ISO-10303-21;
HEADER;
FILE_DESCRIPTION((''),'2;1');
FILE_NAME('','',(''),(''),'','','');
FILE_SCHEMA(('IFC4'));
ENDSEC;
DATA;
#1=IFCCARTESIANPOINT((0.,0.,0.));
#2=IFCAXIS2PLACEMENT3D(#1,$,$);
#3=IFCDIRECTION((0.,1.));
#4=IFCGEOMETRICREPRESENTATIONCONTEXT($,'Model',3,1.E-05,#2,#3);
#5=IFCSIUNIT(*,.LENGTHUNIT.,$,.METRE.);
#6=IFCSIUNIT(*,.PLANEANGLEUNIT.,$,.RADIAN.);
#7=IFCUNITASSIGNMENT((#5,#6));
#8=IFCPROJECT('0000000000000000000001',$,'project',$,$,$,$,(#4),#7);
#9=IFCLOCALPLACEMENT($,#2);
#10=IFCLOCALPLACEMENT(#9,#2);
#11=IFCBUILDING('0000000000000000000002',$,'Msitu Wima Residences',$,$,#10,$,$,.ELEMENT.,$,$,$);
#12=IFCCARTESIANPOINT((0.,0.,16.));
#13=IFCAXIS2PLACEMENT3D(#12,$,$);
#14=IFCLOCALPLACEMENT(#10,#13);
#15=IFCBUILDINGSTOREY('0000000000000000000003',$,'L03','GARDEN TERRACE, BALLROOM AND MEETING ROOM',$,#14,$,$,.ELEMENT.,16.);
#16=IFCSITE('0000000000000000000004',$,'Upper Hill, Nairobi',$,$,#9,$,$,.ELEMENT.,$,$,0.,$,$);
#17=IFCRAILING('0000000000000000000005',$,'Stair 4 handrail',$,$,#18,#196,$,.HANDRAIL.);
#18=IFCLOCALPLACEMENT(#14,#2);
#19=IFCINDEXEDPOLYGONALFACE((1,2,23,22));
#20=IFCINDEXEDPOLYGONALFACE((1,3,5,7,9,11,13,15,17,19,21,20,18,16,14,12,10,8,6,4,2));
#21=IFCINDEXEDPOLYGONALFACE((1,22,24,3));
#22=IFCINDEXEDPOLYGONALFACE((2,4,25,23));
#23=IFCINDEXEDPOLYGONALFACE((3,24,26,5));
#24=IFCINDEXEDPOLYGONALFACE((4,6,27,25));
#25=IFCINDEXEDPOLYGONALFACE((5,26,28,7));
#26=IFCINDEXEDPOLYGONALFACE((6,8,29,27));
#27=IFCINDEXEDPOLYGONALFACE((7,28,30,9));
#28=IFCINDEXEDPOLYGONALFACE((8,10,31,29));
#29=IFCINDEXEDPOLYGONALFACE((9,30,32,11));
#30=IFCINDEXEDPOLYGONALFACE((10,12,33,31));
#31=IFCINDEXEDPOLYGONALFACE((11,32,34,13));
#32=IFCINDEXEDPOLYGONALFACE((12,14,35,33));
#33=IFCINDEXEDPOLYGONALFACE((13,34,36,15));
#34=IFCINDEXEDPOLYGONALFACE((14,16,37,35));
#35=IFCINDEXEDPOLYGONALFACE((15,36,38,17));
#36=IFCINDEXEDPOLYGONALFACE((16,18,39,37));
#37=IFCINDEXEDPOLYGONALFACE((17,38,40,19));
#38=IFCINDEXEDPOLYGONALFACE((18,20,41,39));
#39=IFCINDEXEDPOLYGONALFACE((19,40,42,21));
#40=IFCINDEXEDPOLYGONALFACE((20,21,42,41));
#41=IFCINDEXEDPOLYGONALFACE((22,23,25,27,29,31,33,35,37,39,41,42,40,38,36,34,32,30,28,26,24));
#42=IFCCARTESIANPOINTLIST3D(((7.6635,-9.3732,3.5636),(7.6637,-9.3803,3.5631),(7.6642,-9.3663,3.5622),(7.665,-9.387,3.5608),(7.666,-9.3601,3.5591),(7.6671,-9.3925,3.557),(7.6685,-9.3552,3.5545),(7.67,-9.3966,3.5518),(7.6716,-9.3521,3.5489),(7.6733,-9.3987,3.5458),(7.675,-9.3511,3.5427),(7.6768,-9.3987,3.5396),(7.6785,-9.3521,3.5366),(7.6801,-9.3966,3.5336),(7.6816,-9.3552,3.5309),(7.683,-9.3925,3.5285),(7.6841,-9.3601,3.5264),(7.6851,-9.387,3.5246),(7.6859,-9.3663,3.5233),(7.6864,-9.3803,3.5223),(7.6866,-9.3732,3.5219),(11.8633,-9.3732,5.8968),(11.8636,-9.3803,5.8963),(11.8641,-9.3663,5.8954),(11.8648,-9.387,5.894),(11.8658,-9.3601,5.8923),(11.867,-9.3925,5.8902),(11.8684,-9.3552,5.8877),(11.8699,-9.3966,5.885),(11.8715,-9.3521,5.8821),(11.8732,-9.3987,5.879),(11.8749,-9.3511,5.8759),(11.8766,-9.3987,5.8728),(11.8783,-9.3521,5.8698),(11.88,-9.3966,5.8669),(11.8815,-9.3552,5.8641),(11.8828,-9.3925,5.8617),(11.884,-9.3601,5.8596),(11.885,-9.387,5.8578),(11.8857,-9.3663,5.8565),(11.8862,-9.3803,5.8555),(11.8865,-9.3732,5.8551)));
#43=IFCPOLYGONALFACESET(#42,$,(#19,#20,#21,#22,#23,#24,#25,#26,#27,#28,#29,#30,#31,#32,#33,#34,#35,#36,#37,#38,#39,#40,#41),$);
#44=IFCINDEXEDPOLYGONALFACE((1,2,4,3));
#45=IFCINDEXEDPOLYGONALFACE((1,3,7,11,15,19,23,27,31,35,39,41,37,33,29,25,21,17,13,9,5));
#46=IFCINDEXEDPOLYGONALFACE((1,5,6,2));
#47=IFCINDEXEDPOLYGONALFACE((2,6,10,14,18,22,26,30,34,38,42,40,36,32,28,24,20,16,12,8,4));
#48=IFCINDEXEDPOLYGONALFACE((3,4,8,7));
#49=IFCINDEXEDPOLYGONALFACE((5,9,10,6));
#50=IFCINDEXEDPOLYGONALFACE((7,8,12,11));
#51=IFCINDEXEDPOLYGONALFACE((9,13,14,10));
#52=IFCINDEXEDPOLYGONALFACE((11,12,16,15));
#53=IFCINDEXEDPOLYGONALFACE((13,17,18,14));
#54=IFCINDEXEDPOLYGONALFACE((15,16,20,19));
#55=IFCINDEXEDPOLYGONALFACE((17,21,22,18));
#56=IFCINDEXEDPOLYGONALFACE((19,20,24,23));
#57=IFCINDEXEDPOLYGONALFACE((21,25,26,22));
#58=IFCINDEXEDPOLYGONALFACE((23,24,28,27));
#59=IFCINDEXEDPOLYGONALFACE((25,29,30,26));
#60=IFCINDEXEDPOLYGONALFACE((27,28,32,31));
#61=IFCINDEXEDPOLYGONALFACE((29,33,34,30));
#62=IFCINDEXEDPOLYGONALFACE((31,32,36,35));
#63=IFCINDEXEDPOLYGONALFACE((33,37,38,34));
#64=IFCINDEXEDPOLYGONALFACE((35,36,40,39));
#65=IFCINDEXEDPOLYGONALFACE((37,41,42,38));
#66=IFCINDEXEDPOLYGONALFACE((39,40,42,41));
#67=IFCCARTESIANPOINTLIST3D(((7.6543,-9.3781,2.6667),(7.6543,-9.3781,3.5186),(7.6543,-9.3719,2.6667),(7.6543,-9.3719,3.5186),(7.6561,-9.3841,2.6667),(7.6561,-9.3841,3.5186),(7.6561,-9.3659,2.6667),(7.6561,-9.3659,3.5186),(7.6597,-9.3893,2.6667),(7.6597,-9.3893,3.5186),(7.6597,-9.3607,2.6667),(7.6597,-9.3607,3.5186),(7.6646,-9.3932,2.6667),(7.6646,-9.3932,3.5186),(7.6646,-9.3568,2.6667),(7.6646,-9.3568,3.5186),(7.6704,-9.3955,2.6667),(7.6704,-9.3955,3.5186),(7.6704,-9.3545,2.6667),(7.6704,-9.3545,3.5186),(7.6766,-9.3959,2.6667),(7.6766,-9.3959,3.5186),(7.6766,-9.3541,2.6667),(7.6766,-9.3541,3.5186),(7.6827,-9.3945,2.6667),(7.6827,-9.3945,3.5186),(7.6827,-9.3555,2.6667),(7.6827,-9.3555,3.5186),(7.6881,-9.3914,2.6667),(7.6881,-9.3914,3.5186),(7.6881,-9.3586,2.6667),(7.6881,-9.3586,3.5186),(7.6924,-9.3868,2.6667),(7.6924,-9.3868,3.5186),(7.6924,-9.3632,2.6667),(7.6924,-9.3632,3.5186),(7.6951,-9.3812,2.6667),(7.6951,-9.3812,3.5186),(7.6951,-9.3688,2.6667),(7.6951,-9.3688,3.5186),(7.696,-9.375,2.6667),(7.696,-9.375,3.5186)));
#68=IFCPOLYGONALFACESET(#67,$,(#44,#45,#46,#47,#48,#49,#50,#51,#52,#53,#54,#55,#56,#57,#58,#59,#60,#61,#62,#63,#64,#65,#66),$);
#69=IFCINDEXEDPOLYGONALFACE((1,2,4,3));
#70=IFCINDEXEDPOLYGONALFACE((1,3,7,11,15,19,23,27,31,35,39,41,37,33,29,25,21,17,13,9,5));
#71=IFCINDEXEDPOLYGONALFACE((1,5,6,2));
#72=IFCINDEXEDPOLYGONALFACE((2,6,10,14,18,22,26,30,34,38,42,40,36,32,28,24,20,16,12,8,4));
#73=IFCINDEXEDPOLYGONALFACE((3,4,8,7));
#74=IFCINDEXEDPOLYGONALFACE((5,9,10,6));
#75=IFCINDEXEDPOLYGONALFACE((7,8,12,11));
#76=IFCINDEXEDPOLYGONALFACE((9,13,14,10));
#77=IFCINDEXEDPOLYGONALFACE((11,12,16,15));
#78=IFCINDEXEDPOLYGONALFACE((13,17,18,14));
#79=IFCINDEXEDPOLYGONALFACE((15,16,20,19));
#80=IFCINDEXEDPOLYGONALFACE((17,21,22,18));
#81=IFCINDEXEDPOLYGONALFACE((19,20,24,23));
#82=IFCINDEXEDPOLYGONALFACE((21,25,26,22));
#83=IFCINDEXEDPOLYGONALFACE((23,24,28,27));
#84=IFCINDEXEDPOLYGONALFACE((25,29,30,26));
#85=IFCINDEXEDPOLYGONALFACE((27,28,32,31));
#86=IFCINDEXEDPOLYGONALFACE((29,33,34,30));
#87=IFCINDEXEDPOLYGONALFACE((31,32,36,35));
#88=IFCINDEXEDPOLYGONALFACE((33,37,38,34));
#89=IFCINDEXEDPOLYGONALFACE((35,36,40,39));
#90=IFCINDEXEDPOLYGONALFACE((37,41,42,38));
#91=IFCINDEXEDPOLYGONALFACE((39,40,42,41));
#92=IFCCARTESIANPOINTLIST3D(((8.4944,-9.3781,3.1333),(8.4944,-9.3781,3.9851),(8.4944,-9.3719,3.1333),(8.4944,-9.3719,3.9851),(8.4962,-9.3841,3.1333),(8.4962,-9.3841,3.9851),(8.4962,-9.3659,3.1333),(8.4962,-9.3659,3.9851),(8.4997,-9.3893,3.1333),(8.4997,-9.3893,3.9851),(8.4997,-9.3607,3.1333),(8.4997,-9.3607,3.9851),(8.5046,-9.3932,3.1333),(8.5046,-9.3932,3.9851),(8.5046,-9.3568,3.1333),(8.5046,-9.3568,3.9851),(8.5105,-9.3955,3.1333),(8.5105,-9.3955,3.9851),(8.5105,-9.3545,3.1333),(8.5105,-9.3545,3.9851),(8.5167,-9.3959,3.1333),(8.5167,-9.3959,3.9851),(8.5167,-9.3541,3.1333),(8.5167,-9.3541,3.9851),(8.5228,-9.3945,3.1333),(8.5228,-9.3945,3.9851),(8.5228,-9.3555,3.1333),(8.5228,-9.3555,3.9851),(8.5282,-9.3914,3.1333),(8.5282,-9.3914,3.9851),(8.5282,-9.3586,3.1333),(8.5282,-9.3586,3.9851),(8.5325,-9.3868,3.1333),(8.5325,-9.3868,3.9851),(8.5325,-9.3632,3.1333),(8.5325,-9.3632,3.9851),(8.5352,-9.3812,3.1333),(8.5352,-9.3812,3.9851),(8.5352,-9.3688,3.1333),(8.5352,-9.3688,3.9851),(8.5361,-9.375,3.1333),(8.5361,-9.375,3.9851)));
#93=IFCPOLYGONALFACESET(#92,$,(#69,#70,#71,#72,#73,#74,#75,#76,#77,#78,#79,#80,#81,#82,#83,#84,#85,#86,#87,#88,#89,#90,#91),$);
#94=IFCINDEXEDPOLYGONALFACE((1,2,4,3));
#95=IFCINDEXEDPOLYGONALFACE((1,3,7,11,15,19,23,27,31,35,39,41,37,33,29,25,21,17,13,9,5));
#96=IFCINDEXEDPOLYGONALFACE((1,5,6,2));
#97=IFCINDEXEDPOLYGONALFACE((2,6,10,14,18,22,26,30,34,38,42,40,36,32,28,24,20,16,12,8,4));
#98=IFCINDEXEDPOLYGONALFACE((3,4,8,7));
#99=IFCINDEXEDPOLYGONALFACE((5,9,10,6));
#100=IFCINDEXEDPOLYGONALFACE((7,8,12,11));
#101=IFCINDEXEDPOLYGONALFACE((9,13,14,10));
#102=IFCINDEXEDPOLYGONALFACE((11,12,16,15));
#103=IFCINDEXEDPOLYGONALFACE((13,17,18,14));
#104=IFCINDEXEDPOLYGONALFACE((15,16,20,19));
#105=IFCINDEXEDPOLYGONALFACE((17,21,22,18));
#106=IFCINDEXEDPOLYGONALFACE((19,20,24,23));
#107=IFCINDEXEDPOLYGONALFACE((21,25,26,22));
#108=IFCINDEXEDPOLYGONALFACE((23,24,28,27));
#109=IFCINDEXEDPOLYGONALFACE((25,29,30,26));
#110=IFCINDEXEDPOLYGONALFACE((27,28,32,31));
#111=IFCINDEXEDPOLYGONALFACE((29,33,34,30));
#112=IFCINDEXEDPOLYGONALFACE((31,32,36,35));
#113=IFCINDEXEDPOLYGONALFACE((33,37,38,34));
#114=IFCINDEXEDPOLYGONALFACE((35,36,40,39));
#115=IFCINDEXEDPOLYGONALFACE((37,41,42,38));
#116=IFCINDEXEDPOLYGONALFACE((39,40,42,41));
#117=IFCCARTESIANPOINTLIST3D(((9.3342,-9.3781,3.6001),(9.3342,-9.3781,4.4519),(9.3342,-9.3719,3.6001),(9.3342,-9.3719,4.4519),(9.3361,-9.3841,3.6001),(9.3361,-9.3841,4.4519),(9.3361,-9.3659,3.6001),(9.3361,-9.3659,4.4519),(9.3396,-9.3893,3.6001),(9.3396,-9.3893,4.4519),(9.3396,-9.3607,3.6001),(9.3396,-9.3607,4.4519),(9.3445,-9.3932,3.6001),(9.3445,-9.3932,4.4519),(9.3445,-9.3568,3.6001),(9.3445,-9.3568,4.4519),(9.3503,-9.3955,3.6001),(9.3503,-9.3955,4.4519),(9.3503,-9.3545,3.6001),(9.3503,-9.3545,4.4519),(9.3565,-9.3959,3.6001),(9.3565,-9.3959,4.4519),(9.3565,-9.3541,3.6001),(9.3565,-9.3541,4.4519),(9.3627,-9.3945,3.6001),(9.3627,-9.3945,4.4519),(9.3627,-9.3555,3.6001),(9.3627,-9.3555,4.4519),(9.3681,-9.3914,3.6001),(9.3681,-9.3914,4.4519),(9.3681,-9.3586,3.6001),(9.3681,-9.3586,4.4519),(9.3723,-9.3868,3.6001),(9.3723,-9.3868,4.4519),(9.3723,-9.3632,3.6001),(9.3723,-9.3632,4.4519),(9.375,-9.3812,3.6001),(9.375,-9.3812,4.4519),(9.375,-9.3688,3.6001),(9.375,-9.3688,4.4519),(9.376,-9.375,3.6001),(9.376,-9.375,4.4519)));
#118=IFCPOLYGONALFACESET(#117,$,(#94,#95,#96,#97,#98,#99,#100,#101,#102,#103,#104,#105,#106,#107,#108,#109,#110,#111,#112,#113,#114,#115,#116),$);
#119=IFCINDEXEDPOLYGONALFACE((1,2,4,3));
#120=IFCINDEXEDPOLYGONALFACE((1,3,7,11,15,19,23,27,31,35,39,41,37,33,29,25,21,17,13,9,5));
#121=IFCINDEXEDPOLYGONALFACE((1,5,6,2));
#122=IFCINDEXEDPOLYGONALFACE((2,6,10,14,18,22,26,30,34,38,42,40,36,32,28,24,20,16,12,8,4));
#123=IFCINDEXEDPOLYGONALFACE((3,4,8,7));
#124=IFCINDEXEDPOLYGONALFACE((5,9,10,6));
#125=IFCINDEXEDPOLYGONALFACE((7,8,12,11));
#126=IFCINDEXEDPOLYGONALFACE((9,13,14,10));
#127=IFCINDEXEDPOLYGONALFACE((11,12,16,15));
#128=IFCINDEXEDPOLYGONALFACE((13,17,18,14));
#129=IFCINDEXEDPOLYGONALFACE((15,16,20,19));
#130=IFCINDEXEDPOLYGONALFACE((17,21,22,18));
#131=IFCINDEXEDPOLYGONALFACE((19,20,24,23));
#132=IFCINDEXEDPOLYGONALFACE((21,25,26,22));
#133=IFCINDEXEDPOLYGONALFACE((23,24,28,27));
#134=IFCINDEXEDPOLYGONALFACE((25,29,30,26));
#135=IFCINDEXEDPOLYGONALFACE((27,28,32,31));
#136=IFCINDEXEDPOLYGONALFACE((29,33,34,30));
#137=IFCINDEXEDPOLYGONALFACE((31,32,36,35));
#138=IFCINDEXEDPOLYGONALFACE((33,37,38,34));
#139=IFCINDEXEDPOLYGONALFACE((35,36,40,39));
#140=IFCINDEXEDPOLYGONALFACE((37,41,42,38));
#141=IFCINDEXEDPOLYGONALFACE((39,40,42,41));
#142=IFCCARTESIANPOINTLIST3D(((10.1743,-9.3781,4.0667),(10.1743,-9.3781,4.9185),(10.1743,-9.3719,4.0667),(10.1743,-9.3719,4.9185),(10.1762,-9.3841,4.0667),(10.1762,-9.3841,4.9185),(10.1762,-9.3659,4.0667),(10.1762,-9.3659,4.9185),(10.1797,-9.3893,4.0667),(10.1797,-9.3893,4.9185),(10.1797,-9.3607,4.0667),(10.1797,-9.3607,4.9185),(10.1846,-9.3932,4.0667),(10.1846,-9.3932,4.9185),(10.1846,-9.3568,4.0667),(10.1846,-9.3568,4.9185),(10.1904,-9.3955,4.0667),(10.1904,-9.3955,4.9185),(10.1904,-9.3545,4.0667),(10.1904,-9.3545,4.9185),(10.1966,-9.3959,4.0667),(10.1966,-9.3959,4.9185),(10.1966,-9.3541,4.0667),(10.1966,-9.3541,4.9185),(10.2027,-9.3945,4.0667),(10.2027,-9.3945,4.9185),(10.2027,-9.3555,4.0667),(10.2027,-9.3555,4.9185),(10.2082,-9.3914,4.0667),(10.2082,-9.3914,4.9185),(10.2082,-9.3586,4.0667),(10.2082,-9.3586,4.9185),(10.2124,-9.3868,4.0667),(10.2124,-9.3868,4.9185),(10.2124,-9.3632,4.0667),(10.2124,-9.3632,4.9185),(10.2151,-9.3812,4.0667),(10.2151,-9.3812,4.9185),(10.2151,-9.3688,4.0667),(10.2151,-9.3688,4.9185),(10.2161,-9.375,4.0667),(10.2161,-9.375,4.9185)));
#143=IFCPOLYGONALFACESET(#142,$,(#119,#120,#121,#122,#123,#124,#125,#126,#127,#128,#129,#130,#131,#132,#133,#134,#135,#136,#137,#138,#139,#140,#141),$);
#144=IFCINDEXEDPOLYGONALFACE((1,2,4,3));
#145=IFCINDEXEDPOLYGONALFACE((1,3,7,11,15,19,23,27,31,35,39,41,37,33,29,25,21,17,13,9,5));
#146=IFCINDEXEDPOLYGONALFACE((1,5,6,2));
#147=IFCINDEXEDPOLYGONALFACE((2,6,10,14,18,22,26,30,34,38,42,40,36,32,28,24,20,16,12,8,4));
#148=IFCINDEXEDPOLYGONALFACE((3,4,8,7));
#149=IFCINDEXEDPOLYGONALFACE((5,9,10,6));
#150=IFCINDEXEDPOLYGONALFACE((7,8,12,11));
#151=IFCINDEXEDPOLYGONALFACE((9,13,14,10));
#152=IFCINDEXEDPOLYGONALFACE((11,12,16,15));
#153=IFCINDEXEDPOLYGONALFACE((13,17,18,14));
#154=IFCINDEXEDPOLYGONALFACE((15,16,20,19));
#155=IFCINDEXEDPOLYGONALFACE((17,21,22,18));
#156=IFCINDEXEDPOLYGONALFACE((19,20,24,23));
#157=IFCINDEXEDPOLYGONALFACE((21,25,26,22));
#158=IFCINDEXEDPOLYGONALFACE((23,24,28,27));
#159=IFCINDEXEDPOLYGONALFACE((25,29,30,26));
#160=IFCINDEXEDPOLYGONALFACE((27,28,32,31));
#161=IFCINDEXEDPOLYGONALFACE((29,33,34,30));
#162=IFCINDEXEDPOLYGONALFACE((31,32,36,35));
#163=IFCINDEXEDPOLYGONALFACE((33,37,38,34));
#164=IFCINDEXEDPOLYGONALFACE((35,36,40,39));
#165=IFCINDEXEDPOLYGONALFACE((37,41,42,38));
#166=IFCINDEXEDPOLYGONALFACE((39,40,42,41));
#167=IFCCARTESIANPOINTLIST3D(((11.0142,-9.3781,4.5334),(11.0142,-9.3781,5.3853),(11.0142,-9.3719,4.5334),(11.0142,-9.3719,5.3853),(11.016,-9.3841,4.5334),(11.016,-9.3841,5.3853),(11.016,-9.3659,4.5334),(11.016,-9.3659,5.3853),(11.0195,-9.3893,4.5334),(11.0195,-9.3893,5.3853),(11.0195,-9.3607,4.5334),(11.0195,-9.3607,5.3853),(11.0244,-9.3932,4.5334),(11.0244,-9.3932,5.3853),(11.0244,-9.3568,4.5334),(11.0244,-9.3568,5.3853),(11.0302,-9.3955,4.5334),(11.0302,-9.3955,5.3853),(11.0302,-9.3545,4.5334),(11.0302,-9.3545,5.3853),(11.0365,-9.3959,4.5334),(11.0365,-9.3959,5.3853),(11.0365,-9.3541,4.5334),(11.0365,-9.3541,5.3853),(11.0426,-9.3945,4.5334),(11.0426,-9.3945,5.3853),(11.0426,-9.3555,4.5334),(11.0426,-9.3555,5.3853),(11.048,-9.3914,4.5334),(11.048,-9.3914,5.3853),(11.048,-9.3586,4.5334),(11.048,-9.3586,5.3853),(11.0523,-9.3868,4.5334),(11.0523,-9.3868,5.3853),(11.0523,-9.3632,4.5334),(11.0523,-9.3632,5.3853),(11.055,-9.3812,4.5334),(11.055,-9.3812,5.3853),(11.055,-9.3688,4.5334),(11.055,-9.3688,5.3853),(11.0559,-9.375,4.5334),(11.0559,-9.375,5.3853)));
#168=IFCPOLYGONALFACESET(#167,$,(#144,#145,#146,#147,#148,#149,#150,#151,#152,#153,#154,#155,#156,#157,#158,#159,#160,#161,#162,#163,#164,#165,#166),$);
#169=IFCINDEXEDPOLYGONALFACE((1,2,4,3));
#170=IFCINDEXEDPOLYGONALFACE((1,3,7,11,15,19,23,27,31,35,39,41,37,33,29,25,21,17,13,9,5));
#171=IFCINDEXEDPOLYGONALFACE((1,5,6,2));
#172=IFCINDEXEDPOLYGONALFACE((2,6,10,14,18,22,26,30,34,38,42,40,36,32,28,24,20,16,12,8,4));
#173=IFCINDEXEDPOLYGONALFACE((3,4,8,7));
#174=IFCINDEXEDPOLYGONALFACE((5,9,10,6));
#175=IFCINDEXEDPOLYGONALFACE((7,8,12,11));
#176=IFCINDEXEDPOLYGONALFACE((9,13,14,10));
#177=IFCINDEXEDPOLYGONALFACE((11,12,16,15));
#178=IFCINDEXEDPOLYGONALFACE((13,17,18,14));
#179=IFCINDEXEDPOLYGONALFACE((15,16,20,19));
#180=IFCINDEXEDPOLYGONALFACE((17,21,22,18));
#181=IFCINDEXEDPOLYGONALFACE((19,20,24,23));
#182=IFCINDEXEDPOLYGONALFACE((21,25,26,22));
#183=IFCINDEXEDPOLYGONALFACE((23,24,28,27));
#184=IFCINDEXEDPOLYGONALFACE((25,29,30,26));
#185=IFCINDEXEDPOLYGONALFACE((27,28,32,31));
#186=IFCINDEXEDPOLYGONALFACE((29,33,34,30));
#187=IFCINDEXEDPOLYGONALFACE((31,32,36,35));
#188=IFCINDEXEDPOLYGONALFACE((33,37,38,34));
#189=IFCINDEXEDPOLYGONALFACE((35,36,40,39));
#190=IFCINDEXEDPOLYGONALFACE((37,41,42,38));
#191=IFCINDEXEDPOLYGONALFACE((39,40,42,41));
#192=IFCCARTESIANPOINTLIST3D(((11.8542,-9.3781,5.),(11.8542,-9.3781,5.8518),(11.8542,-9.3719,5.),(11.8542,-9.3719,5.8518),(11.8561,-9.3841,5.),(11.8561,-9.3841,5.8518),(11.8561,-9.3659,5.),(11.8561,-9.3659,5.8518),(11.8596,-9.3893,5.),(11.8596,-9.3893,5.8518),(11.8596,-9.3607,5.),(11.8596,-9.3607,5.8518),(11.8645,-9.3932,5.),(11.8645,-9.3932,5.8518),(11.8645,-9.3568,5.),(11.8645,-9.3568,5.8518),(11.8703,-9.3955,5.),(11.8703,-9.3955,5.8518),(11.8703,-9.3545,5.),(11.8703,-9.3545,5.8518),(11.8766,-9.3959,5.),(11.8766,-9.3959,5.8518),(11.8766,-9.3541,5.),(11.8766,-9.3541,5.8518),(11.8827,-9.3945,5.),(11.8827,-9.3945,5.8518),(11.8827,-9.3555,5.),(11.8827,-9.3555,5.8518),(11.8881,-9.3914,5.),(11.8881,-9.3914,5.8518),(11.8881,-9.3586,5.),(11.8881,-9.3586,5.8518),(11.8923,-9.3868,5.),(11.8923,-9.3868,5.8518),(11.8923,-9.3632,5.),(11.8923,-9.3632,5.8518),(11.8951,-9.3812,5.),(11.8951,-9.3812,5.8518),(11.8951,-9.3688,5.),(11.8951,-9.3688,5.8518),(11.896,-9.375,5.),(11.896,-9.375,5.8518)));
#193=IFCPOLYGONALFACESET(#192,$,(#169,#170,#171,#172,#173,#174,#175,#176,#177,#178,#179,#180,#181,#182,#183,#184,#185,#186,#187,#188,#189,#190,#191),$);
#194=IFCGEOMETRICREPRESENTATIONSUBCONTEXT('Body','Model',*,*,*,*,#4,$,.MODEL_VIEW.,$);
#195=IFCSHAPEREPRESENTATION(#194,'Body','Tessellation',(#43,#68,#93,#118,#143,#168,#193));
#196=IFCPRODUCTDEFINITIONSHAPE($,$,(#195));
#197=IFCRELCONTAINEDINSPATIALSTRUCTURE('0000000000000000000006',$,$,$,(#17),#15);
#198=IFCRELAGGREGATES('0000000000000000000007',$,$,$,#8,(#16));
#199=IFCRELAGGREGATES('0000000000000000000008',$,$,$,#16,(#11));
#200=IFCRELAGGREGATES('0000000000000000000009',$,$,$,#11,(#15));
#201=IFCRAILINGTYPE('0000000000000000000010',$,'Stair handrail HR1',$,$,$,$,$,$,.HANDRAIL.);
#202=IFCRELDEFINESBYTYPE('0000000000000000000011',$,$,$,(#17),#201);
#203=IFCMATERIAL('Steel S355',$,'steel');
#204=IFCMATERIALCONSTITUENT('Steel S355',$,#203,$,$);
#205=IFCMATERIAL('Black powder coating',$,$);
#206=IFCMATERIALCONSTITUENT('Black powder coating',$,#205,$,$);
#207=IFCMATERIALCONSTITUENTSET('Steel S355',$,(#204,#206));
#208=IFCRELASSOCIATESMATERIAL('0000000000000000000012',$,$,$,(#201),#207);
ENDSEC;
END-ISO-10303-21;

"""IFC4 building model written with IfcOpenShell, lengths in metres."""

from ifc_helpers import new_model, si_unit, direction, frame, origin, origin_2d, place, context, subcontext, project, spatial, circle, extrude, material, constituent, constituent_set, type_object, element, save


model = new_model("IFC4")

# Units and contexts
model_context = context("Model", 3, precision=1e-05, world=origin(), true_north=direction((0.0, 1.0)))
body_context = subcontext(model_context, "Body", "Model", "MODEL_VIEW")
ifc_project = project(units=[si_unit("LENGTHUNIT", "METRE"), si_unit("PLANEANGLEUNIT", "RADIAN")], contexts=[model_context])

# Site, building, storey
site_placement = place(None, origin())
site = spatial("IfcSite", under=ifc_project, at=site_placement, Name="Upper Hill, Nairobi", CompositionType="ELEMENT", RefElevation=0.0)
building_placement = place(site_placement, origin())
building = spatial("IfcBuilding", under=site, at=building_placement, Name="Msitu Wima Residences", CompositionType="ELEMENT")
storey_placement = place(building_placement, frame((0.0, 0.0, 16.0)))
storey = spatial("IfcBuildingStorey", under=building, at=storey_placement, Name="L03", Description="GARDEN TERRACE, BALLROOM AND MEETING ROOM", CompositionType="ELEMENT", Elevation=16.0)

# Railing
ifc_material_1 = material(Name="Steel S355", Category="steel")
ifc_constituent_1 = constituent(ifc_material_1, Name="Steel S355")
ifc_material_2 = material(Name="Black powder coating")
ifc_constituent_2 = constituent(ifc_material_2, Name="Black powder coating")
ifc_constituent_set = constituent_set(constituents=[ifc_constituent_1, ifc_constituent_2], Name="Steel S355")
railing_type = type_object("IfcRailingType", Name="Stair handrail HR1", PredefinedType="HANDRAIL", material=ifc_constituent_set)
for number, where, name in (
    (1, (7.675, -9.375, 2.6667), "Stair 4 handrail"),
):
    element("IfcRailing", number, at=place(storey_placement, frame(where)), inside=storey, type_object=railing_type, Name=name, PredefinedType="HANDRAIL", context=body_context, shape_type="SweptSolid", body=[
        extrude(circle(Radius=0.0239, at=origin_2d()), frame((0.0, 0.0, 0.876), z_axis=(0.874162, 0.0, 0.485634), x_axis=(0.0, 1.0, 0.0)), (0.0, 0.0, 1.0), 4.8044),
        extrude(circle(Radius=0.021, at=origin_2d()), origin(), (0.0, 0.0, 1.0), 0.8518),
        extrude(circle(Radius=0.021, at=origin_2d()), frame((0.8401, 0.0, 0.4666)), (0.0, 0.0, 1.0), 0.8518),
        extrude(circle(Radius=0.021, at=origin_2d()), frame((1.6799, 0.0, 0.9333)), (0.0, 0.0, 1.0), 0.8518),
        extrude(circle(Radius=0.021, at=origin_2d()), frame((2.52, 0.0, 1.3999)), (0.0, 0.0, 1.0), 0.8518),
        extrude(circle(Radius=0.021, at=origin_2d()), frame((3.3599, 0.0, 1.8667)), (0.0, 0.0, 1.0), 0.8518),
        extrude(circle(Radius=0.021, at=origin_2d()), frame((4.2, 0.0, 2.3333)), (0.0, 0.0, 1.0), 0.8518),
    ])

save(model, "model.ifc")
